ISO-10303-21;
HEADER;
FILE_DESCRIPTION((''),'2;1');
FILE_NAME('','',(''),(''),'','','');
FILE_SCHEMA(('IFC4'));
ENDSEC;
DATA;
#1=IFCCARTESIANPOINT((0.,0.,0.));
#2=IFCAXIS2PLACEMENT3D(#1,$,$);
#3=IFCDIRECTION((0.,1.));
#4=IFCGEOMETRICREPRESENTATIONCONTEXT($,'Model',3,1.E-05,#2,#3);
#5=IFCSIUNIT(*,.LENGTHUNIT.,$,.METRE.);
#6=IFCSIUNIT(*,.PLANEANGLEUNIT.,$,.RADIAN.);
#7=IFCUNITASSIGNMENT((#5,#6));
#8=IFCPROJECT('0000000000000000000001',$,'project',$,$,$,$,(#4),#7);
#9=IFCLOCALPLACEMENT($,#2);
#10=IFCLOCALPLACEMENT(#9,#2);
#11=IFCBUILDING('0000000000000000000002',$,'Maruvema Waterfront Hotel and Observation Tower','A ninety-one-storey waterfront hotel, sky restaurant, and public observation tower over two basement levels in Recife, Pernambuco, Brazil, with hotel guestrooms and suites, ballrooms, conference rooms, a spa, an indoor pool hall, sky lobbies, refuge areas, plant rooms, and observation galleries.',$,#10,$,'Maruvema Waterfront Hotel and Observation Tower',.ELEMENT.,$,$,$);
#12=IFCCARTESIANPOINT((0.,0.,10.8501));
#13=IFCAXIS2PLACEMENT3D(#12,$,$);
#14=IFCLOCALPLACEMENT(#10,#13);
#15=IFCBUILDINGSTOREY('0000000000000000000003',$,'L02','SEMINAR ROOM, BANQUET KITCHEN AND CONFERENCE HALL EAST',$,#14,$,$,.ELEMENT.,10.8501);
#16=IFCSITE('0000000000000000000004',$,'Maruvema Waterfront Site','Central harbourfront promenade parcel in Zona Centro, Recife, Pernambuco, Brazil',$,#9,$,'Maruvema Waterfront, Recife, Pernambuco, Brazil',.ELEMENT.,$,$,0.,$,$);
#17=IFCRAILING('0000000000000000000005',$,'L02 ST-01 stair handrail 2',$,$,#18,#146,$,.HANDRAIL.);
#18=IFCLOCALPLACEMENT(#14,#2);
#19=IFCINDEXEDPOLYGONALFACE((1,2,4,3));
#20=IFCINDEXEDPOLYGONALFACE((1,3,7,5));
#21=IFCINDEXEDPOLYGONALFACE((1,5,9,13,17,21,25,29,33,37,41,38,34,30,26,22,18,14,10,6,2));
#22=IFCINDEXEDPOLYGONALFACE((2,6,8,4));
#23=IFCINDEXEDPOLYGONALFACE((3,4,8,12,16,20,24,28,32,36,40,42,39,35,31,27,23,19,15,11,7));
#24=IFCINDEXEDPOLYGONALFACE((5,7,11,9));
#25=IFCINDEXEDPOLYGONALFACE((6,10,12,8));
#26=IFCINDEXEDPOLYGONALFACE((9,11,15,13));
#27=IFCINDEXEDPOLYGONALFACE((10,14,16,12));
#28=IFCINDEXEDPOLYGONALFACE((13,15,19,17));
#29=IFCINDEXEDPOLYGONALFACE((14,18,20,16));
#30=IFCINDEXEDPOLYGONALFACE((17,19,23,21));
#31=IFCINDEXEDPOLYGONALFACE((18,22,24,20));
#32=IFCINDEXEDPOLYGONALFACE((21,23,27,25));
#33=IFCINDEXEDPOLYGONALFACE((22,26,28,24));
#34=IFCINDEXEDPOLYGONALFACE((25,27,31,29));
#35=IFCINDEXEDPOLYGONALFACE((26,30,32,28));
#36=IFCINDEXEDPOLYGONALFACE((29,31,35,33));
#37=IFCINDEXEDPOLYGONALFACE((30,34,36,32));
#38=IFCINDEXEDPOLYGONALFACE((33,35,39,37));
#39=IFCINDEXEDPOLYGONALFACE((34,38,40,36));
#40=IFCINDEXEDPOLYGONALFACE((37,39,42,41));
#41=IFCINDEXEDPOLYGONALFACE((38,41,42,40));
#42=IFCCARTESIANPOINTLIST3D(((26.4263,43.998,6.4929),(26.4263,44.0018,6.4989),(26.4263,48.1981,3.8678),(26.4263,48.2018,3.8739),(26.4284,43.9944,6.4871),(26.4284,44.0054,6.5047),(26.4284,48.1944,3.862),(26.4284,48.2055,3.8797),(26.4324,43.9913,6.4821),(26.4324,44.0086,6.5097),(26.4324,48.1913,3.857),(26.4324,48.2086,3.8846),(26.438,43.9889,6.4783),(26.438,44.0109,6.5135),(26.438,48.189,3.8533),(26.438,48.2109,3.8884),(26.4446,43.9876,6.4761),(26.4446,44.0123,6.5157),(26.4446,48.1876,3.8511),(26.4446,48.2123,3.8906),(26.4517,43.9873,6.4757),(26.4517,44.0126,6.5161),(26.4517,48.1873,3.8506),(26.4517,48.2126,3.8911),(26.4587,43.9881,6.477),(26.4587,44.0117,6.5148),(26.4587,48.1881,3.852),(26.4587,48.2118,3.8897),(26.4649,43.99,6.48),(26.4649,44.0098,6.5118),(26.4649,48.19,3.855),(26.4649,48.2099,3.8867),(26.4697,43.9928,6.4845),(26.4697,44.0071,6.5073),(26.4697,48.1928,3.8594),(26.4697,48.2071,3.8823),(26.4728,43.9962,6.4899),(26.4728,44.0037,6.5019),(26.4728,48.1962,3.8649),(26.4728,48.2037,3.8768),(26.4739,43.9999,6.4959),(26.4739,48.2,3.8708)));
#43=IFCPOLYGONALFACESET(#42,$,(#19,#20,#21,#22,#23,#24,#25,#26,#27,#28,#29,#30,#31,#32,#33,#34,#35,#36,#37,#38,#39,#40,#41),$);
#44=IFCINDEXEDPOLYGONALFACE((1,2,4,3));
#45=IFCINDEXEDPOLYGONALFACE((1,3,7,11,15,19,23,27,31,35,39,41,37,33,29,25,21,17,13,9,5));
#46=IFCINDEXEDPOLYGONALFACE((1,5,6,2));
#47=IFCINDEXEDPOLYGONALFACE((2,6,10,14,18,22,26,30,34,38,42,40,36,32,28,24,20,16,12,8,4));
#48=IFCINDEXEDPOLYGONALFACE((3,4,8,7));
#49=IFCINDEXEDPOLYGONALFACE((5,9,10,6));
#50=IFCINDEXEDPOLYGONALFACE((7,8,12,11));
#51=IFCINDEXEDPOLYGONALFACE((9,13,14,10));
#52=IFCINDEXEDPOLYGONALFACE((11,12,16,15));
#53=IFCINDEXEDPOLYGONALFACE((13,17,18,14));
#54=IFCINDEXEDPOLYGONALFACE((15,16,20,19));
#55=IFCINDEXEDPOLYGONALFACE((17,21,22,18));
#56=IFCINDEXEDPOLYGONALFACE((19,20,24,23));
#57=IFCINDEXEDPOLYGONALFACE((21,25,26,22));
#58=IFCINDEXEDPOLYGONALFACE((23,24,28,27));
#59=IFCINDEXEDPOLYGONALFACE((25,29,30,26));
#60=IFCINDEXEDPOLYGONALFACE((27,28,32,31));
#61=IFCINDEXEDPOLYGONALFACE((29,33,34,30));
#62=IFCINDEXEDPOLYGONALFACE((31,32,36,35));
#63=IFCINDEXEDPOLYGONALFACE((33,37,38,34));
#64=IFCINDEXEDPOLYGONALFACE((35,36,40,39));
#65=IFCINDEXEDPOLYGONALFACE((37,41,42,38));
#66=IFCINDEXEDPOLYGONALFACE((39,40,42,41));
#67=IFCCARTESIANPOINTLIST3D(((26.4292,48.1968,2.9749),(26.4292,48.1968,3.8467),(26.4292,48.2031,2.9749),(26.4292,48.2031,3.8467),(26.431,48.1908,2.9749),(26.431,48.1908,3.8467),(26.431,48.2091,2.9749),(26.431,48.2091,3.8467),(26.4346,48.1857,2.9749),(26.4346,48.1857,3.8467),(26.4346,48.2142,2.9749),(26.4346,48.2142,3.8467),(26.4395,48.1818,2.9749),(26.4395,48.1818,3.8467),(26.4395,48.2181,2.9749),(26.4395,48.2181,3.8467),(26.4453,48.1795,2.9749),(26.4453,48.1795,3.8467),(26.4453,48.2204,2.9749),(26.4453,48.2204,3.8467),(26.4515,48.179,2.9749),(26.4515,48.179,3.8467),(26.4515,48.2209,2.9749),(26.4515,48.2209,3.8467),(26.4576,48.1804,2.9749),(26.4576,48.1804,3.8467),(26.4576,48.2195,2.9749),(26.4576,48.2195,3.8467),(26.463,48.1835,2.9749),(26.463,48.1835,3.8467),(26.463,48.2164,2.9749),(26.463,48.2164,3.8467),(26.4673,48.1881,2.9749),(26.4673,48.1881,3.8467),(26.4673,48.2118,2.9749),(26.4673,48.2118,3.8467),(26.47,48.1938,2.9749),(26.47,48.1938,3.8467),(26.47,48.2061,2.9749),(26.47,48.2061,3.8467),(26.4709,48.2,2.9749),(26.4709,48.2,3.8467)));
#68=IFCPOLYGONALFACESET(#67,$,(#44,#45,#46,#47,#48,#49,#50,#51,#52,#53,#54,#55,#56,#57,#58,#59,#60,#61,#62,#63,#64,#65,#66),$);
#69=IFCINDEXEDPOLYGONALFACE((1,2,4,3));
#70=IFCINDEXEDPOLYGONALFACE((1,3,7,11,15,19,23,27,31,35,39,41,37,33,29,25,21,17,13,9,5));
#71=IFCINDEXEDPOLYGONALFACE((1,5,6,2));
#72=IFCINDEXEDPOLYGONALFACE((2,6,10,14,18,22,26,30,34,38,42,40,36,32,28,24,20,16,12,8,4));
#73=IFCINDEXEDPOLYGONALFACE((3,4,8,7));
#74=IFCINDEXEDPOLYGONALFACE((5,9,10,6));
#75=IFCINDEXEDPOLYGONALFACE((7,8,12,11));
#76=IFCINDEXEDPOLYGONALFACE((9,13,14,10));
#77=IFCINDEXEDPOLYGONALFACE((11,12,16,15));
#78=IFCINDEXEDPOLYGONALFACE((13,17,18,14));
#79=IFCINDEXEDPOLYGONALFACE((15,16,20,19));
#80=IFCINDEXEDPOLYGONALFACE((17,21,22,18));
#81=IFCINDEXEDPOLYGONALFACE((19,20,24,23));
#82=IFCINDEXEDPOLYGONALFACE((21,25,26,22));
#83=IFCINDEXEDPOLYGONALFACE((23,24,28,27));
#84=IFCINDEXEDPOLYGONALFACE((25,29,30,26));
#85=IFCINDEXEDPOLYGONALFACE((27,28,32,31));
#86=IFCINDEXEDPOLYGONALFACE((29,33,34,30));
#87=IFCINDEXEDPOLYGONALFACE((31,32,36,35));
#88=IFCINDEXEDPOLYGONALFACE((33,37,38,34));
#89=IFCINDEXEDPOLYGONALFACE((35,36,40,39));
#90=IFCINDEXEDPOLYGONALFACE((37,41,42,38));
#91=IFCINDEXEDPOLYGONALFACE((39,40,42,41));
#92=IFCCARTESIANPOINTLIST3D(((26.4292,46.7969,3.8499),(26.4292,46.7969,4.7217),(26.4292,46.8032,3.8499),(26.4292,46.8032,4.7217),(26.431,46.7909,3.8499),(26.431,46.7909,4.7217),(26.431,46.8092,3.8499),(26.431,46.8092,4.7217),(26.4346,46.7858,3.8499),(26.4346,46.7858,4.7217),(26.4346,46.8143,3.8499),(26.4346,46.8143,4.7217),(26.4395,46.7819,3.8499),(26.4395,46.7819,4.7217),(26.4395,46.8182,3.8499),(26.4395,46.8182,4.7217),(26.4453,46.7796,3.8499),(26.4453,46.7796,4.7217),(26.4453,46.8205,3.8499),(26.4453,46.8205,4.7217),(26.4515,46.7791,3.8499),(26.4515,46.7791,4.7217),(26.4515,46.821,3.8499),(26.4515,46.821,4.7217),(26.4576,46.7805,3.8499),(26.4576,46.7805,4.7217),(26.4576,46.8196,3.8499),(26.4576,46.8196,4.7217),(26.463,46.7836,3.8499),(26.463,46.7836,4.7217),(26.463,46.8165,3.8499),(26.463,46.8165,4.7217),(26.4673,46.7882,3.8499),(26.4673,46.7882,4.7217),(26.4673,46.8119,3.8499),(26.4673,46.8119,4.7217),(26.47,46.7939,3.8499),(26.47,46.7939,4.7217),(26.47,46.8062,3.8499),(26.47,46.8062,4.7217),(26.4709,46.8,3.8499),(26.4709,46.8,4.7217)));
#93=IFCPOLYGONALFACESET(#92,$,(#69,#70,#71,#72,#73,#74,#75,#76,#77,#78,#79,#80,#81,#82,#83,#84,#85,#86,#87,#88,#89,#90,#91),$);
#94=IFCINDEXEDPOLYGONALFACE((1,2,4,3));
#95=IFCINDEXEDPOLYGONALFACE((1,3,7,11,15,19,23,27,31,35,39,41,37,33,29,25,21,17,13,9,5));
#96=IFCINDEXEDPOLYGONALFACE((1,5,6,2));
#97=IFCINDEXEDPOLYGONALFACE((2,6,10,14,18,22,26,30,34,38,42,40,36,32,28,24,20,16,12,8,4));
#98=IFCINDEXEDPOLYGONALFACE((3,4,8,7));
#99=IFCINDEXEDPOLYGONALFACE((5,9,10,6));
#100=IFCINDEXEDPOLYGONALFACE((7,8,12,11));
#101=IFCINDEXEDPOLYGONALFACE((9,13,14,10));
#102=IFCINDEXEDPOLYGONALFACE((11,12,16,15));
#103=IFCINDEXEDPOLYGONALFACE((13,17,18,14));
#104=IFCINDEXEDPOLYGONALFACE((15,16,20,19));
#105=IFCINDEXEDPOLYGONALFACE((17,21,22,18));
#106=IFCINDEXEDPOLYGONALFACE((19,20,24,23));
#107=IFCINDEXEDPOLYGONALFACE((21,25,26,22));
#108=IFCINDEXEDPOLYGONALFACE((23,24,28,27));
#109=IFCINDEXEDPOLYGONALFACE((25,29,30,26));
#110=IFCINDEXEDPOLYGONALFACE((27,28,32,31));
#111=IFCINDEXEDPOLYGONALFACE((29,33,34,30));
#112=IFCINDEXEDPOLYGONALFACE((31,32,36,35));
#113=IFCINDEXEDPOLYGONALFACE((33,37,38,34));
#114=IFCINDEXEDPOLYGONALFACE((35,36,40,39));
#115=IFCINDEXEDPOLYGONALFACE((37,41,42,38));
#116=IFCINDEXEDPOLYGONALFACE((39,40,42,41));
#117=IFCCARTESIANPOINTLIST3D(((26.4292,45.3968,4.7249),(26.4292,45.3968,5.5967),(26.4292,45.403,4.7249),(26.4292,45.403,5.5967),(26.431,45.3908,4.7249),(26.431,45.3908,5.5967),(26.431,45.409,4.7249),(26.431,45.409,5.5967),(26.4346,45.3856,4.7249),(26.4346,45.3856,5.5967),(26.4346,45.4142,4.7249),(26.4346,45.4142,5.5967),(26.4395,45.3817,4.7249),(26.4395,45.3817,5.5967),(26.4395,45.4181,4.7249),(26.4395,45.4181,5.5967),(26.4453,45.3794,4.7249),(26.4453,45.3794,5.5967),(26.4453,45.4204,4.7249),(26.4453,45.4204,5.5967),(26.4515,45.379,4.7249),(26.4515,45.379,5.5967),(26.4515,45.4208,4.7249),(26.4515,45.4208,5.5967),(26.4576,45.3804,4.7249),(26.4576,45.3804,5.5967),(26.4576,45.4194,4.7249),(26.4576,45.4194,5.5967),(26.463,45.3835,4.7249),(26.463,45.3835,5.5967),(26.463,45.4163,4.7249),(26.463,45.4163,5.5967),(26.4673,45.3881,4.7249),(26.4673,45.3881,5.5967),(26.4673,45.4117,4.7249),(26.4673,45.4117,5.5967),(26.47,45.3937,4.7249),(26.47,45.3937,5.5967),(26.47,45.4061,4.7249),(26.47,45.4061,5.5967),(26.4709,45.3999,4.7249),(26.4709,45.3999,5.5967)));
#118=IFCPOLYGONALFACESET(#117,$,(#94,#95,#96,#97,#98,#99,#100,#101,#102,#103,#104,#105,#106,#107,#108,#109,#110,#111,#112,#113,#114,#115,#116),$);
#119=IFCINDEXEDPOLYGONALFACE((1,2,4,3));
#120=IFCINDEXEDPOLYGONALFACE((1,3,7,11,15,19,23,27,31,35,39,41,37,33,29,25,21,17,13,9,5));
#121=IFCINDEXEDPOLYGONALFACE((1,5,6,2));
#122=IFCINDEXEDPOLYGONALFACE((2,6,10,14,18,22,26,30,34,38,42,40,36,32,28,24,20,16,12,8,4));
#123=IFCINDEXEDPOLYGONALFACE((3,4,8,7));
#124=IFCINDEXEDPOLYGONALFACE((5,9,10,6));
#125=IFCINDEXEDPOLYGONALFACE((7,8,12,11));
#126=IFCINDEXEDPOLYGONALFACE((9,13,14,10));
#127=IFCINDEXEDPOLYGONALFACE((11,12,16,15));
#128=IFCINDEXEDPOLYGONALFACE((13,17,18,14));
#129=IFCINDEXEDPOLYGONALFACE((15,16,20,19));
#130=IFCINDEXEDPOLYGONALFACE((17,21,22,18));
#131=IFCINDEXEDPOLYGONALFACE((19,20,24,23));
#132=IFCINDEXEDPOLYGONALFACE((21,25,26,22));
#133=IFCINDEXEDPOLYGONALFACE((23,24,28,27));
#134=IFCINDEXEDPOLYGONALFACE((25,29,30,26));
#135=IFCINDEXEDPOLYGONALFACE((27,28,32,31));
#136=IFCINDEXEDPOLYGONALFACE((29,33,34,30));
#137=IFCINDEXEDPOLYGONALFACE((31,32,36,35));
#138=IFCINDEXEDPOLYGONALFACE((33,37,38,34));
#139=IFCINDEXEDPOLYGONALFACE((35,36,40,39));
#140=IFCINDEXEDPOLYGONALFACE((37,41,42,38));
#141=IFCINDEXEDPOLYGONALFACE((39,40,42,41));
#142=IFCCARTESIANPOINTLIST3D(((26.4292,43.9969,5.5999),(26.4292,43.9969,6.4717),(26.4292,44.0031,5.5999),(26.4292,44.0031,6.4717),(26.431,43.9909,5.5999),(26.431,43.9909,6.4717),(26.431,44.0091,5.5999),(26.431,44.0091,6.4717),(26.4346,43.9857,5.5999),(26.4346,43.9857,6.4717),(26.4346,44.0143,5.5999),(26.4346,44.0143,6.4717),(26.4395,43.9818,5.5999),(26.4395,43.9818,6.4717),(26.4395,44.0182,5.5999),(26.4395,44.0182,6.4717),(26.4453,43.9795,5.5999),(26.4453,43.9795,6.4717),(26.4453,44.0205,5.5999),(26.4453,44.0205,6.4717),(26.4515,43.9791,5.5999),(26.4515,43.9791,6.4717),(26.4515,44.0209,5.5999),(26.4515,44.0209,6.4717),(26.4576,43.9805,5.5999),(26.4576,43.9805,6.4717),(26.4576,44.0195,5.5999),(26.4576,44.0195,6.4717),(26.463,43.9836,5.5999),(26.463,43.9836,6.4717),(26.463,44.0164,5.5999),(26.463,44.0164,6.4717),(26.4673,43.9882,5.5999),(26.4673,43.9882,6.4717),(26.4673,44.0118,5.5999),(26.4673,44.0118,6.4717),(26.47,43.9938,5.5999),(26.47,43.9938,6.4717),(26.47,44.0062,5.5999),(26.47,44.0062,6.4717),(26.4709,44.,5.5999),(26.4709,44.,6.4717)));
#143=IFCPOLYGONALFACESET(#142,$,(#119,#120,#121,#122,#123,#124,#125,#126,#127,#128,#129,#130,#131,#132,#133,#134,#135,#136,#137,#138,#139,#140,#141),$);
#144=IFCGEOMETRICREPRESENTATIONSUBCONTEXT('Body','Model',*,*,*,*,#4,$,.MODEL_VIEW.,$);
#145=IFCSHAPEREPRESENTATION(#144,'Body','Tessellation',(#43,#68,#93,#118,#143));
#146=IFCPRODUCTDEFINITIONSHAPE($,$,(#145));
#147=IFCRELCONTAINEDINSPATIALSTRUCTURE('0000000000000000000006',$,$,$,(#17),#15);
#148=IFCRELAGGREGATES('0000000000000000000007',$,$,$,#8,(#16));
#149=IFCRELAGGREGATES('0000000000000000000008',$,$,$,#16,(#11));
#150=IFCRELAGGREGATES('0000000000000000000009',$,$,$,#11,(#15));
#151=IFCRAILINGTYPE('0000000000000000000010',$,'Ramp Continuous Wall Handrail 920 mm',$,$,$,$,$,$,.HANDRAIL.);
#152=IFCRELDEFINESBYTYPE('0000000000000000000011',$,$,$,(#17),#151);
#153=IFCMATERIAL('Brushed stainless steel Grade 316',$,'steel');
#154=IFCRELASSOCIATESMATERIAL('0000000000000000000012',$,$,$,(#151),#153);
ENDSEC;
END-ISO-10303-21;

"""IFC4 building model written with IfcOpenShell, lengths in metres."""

from ifc_helpers import new_model, si_unit, direction, frame, origin, origin_2d, place, context, subcontext, project, spatial, circle, extrude, material, type_object, element, save


model = new_model("IFC4")

# Units and contexts
model_context = context("Model", 3, precision=1e-05, world=origin(), true_north=direction((0.0, 1.0)))
body_context = subcontext(model_context, "Body", "Model", "MODEL_VIEW")
ifc_project = project(units=[si_unit("LENGTHUNIT", "METRE"), si_unit("PLANEANGLEUNIT", "RADIAN")], contexts=[model_context])

# Site, building, storey
site_placement = place(None, origin())
site = spatial("IfcSite", under=ifc_project, at=site_placement, Name="Maruvema Waterfront Site", Description="Central harbourfront promenade parcel in Zona Centro, Recife, Pernambuco, Brazil", LongName="Maruvema Waterfront, Recife, Pernambuco, Brazil", CompositionType="ELEMENT", RefElevation=0.0)
building_placement = place(site_placement, origin())
building = spatial("IfcBuilding", under=site, at=building_placement, Name="Maruvema Waterfront Hotel and Observation Tower", Description="A ninety-one-storey waterfront hotel, sky restaurant, and public observation tower over two basement levels in Recife, Pernambuco, Brazil, with hotel guestrooms and suites, ballrooms, conference rooms, a spa, an indoor pool hall, sky lobbies, refuge areas, plant rooms, and observation galleries.", LongName="Maruvema Waterfront Hotel and Observation Tower", CompositionType="ELEMENT")
storey_placement = place(building_placement, frame((0.0, 0.0, 10.8501)))
storey = spatial("IfcBuildingStorey", under=building, at=storey_placement, Name="L02", Description="SEMINAR ROOM, BANQUET KITCHEN AND CONFERENCE HALL EAST", CompositionType="ELEMENT", Elevation=10.8501)

# Railing
ifc_material_1 = material(Name="Brushed stainless steel Grade 316", Category="steel")
railing_type_1 = type_object("IfcRailingType", Name="Ramp Continuous Wall Handrail 920 mm", PredefinedType="HANDRAIL", material=ifc_material_1)
railing_1_placement = place(storey_placement, frame((26.45, 48.2, 2.9749)))
element("IfcRailing", 1, at=railing_1_placement, inside=storey, type_object=railing_type_1, Name="L02 ST-01 stair handrail 2", PredefinedType="HANDRAIL", context=body_context, shape_type="SweptSolid", body=[
    extrude(circle(Radius=0.0239, at=origin_2d()), frame((0.0, 0.0, 0.896), z_axis=(0.0, -0.847996, 0.530003), x_axis=(1.0, 0.0, 0.0)), (0.0, 0.0, 1.0), 4.9529),
    extrude(circle(Radius=0.021, at=origin_2d()), origin(), (0.0, 0.0, 1.0), 0.8718),
    extrude(circle(Radius=0.021, at=origin_2d()), frame((0.0, -1.3999, 0.875)), (0.0, 0.0, 1.0), 0.8718),
    extrude(circle(Radius=0.021, at=origin_2d()), frame((0.0, -2.8, 1.75)), (0.0, 0.0, 1.0), 0.8718),
    extrude(circle(Radius=0.021, at=origin_2d()), frame((0.0, -4.2, 2.625)), (0.0, 0.0, 1.0), 0.8718),
])

save(model, "model.ifc")
